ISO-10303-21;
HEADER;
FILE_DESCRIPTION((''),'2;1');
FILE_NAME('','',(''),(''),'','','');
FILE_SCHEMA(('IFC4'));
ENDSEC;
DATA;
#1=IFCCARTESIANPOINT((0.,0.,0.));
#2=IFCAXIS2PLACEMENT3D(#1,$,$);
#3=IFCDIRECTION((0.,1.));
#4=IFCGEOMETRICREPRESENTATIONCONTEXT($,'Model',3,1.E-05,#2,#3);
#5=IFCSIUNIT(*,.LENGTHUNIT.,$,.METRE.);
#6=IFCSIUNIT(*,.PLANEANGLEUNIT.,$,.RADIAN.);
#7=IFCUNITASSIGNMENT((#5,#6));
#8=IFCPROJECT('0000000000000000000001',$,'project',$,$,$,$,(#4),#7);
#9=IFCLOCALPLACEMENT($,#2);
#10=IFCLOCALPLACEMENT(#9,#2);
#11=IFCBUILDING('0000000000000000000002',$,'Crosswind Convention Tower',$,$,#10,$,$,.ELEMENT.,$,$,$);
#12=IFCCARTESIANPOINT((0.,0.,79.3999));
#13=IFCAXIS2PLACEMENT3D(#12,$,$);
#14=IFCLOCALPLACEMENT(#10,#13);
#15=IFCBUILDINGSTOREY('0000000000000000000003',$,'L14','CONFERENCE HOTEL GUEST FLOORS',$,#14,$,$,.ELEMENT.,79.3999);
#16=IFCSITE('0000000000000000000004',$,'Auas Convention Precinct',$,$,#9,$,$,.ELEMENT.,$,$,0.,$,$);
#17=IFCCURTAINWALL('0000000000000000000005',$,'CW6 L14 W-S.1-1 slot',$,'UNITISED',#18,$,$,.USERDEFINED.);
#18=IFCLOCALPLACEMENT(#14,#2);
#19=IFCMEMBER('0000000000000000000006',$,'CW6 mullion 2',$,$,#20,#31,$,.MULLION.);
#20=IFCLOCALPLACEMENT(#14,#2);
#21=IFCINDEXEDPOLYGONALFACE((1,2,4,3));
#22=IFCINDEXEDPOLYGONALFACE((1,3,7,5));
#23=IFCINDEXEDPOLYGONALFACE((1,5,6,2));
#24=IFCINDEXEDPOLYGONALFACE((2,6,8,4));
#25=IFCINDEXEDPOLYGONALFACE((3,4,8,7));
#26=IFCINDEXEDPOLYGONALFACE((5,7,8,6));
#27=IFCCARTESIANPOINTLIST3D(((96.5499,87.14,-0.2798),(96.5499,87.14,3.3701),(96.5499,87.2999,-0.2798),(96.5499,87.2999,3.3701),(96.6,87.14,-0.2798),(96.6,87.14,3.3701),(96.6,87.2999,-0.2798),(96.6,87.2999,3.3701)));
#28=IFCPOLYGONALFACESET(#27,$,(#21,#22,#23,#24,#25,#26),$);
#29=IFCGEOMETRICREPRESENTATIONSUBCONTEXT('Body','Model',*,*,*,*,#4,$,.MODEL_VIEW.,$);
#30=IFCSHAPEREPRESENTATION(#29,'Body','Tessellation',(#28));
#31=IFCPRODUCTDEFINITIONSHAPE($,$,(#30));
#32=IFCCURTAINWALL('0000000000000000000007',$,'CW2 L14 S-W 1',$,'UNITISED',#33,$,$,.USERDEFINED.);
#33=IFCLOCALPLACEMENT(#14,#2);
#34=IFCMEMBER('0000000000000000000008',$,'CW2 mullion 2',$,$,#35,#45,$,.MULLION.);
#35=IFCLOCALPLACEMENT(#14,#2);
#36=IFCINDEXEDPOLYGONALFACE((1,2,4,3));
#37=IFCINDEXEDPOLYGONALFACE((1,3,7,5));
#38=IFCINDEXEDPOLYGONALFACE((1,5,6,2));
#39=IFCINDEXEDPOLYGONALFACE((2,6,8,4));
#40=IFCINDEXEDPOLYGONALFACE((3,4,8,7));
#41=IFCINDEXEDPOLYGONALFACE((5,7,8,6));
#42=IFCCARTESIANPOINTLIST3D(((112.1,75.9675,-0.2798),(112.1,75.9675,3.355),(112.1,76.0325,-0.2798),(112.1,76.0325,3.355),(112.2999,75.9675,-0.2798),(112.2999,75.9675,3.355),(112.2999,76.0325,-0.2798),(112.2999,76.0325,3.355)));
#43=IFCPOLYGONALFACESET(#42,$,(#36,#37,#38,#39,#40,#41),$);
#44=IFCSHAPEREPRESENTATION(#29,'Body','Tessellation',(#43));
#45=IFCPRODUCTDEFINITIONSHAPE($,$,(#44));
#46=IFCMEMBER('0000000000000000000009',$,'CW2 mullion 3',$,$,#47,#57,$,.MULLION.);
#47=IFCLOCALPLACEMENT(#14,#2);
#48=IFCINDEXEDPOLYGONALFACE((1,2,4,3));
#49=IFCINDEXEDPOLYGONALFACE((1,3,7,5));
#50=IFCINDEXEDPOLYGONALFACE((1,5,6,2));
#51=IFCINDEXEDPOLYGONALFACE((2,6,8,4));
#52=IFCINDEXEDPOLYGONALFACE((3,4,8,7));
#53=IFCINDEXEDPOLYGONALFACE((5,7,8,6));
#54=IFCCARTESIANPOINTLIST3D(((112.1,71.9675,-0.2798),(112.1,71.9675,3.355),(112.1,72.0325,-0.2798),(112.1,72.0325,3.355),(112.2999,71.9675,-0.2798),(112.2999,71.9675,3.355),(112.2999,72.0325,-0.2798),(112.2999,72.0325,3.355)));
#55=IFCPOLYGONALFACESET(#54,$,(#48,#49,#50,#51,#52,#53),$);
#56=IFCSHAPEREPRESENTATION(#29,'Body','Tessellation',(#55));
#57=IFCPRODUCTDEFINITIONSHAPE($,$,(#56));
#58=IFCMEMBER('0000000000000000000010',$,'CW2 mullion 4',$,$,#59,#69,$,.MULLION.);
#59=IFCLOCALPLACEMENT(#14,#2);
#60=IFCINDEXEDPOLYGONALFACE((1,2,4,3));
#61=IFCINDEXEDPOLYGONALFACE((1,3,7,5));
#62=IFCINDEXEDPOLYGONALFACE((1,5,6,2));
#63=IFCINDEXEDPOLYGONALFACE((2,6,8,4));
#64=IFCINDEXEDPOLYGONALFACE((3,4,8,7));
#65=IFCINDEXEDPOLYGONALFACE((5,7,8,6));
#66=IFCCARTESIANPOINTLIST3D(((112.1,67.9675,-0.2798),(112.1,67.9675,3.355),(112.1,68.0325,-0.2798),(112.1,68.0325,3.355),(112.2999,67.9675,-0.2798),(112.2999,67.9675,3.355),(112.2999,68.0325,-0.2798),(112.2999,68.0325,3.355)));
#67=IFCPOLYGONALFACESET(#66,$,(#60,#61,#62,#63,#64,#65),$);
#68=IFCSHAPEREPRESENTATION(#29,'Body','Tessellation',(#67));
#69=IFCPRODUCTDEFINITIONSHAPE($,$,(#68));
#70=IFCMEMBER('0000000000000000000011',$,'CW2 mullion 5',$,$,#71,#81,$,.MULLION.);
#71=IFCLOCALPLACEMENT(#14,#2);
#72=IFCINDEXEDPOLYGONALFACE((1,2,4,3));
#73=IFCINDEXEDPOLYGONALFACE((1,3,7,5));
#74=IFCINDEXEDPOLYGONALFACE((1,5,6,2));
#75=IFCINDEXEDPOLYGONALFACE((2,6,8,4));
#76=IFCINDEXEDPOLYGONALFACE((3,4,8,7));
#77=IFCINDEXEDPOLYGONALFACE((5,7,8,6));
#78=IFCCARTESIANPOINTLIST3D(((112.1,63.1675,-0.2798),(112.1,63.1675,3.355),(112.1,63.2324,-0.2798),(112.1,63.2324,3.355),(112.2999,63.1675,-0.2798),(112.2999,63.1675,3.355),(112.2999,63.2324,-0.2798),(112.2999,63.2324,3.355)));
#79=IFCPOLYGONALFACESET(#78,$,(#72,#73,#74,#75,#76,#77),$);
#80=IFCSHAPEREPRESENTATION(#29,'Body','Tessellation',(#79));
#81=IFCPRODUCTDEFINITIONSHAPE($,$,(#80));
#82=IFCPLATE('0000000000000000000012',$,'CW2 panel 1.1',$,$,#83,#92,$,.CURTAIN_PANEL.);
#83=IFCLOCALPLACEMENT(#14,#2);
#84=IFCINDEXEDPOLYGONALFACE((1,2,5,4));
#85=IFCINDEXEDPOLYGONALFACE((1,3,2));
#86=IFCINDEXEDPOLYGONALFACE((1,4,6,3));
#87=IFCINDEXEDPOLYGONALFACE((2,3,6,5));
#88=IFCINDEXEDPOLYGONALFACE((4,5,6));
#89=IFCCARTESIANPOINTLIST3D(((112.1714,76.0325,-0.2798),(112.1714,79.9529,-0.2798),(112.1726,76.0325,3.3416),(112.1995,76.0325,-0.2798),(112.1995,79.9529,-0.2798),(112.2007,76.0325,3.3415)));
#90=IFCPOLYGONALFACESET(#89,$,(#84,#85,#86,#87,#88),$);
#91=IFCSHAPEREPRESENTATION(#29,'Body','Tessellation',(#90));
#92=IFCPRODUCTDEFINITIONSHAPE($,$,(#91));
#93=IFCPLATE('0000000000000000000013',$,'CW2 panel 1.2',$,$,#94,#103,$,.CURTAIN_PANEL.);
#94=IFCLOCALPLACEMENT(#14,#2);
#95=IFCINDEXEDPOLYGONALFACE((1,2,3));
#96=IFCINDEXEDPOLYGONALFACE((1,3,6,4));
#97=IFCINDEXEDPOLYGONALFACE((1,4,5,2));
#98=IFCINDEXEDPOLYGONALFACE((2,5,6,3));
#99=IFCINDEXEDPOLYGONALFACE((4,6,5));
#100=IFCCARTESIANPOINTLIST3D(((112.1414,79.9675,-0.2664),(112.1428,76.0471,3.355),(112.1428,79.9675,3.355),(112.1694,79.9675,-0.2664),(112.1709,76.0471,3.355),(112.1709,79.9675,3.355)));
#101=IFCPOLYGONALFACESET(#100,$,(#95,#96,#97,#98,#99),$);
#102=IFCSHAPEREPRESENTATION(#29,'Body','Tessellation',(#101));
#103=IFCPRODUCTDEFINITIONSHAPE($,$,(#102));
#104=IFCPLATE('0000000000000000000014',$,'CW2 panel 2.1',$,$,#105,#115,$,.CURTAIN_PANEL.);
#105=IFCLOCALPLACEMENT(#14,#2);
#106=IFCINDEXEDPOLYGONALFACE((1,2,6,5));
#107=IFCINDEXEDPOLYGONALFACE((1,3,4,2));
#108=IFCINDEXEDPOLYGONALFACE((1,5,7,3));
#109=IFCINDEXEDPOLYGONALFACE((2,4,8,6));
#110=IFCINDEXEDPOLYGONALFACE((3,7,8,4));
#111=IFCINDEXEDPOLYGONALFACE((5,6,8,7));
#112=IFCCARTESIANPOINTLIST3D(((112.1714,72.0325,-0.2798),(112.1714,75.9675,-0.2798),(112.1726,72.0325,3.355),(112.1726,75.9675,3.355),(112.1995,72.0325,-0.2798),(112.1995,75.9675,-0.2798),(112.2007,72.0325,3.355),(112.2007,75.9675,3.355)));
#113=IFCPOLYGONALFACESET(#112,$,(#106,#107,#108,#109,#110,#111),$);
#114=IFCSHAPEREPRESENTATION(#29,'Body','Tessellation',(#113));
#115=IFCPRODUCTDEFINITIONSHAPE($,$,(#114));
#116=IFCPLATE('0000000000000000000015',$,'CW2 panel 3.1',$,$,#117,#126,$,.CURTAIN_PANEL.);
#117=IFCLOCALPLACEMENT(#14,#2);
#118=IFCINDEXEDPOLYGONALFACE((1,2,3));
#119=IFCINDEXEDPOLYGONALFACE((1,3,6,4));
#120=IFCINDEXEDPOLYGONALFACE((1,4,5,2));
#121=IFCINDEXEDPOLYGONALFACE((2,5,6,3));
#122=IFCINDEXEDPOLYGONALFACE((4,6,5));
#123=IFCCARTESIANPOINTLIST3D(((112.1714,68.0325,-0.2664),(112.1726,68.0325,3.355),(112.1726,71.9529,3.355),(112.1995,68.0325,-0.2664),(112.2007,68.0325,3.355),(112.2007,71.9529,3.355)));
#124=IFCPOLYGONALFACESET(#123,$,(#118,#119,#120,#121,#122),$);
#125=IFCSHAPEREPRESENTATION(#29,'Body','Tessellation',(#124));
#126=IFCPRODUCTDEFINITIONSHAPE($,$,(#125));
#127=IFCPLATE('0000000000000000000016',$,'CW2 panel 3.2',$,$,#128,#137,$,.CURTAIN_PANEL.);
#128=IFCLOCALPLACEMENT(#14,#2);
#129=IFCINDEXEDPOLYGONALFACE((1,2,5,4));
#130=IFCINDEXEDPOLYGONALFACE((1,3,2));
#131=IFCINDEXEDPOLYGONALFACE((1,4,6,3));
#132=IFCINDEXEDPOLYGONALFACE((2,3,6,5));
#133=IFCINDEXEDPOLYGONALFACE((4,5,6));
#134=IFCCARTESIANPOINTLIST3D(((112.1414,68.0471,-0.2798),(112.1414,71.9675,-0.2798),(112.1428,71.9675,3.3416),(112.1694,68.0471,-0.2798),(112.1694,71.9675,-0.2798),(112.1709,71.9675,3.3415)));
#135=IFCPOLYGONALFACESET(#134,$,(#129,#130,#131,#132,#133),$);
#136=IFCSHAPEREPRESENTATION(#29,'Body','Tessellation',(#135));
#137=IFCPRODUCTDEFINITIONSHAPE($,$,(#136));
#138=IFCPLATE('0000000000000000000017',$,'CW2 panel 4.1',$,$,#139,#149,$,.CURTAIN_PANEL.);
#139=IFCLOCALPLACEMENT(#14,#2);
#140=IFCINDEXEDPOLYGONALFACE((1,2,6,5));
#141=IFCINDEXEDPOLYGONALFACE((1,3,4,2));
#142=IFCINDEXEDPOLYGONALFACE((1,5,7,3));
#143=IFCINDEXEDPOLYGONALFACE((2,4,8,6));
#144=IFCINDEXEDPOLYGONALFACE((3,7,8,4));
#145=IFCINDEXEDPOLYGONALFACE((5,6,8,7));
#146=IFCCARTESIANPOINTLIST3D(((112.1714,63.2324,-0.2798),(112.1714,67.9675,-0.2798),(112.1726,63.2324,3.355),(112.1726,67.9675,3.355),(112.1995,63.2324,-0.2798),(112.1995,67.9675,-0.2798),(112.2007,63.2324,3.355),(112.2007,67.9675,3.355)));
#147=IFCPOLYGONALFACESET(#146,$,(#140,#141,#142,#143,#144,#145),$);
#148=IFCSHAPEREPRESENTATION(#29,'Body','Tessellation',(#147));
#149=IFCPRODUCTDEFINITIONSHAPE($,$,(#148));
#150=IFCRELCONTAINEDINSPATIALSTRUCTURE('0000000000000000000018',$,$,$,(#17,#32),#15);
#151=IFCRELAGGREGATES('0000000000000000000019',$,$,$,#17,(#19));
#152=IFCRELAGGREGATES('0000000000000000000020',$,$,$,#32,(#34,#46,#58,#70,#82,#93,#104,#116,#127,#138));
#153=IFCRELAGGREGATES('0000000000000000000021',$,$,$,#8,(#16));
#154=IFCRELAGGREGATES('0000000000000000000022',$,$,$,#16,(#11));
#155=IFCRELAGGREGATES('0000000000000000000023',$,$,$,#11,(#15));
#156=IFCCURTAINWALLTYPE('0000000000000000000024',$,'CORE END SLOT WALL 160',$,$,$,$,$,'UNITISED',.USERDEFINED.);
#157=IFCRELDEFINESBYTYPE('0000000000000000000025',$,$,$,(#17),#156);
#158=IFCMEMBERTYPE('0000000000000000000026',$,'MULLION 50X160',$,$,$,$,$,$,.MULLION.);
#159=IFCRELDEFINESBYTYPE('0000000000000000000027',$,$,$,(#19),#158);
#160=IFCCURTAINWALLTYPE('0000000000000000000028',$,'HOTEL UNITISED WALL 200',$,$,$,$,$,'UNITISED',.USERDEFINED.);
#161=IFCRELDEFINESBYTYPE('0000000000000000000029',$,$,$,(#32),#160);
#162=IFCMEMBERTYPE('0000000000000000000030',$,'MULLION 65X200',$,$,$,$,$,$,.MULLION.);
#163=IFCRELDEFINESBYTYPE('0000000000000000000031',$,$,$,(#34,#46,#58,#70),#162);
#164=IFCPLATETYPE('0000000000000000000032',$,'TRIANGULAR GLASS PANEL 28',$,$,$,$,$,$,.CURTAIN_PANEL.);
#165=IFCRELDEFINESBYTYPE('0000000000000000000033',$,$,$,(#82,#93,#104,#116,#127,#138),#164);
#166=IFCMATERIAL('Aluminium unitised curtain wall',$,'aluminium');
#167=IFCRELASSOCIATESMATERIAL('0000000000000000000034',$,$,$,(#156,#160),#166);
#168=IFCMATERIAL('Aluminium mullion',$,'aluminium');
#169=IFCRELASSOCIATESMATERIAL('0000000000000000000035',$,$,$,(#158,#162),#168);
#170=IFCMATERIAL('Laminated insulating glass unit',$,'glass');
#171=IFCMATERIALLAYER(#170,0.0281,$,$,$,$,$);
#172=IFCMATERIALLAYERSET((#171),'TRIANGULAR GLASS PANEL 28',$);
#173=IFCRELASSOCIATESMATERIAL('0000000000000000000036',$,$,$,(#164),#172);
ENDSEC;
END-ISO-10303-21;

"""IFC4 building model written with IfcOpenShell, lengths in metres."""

from ifc_helpers import new_model, si_unit, direction, frame, origin, origin_2d, place, context, subcontext, project, spatial, polyline, rectangle, outline, extrude, material, layer, layer_set, material_profile, profile_set, type_object, element, aggregate, save


model = new_model("IFC4")

# Units and contexts
model_context = context("Model", 3, precision=1e-05, world=origin(), true_north=direction((0.0, 1.0)))
body_context = subcontext(model_context, "Body", "Model", "MODEL_VIEW")
ifc_project = project(units=[si_unit("LENGTHUNIT", "METRE"), si_unit("PLANEANGLEUNIT", "RADIAN")], contexts=[model_context])

# Site, building, storey
site_placement = place(None, origin())
site = spatial("IfcSite", under=ifc_project, at=site_placement, Name="Auas Convention Precinct", CompositionType="ELEMENT", RefElevation=0.0)
building_placement = place(site_placement, origin())
building = spatial("IfcBuilding", under=site, at=building_placement, Name="Crosswind Convention Tower", CompositionType="ELEMENT")
storey_placement = place(building_placement, frame((0.0, 0.0, 79.3999)))
storey = spatial("IfcBuildingStorey", under=building, at=storey_placement, Name="L14", Description="CONFERENCE HOTEL GUEST FLOORS", CompositionType="ELEMENT", Elevation=79.3999)

# Curtain wall, member
ifc_material_1 = material(Name="Aluminium unitised curtain wall", Category="aluminium")
curtain_wall_type_1 = type_object("IfcCurtainWallType", Name="CORE END SLOT WALL 160", ElementType="UNITISED", PredefinedType="USERDEFINED", material=ifc_material_1)
curtain_wall_1_placement = place(storey_placement, origin())
curtain_wall_1 = element("IfcCurtainWall", 1, at=curtain_wall_1_placement, inside=storey, type_object=curtain_wall_type_1, Name="CW6 L14 W-S.1-1 slot", ObjectType="UNITISED", PredefinedType="USERDEFINED")
ifc_material_2 = material(Name="Aluminium mullion", Category="aluminium")
ifc_material_profile_1 = material_profile(ifc_material_2, rectangle(XDim=0.1599, YDim=0.05, at=origin_2d()), Name="AL 160X50")
ifc_profile_set_1 = profile_set([ifc_material_profile_1], Name="Aluminium mullion")
member_type_1 = type_object("IfcMemberType", Name="MULLION 50X160", PredefinedType="MULLION", material=ifc_profile_set_1)
member_1_placement = place(storey_placement, frame((96.575, 87.22, -0.2798), z_axis=(0.0, 0.0, 1.0), x_axis=(0.0, -1.0, 0.0)))
member_1 = element("IfcMember", 2, at=member_1_placement, type_object=member_type_1, Name="CW6 mullion 2", PredefinedType="MULLION", context=body_context, shape_type="SweptSolid", body=[
    extrude(rectangle(XDim=0.1599, YDim=0.05, at=origin_2d()), origin(), (0.0, 0.0, 1.0), 3.6499),
])
aggregate(curtain_wall_1, [member_1])

# Curtain wall, members, plates
curtain_wall_type_2 = type_object("IfcCurtainWallType", Name="HOTEL UNITISED WALL 200", ElementType="UNITISED", PredefinedType="USERDEFINED", material=ifc_material_1)
curtain_wall_2_placement = place(storey_placement, origin())
curtain_wall_2 = element("IfcCurtainWall", 3, at=curtain_wall_2_placement, inside=storey, type_object=curtain_wall_type_2, Name="CW2 L14 S-W 1", ObjectType="UNITISED", PredefinedType="USERDEFINED")
ifc_material_profile_2 = material_profile(ifc_material_2, rectangle(XDim=0.2, YDim=0.0649, at=origin_2d()), Name="AL 200X65")
ifc_profile_set_2 = profile_set([ifc_material_profile_2], Name="Aluminium mullion")
member_type_2 = type_object("IfcMemberType", Name="MULLION 65X200", PredefinedType="MULLION", material=ifc_profile_set_2)
member_2_placement = place(storey_placement, frame((112.2, 76.0, -0.2798), z_axis=(0.0, 0.0, 1.0), x_axis=(-1.0, 0.0, 0.0)))
member_2 = element("IfcMember", 4, at=member_2_placement, type_object=member_type_2, Name="CW2 mullion 2", PredefinedType="MULLION", context=body_context, shape_type="SweptSolid", body=[
    extrude(rectangle(XDim=0.2, YDim=0.0649, at=origin_2d()), origin(), (0.0, 0.0, 1.0), 3.6348),
])
member_3_placement = place(storey_placement, frame((112.2, 72.0, -0.2798), z_axis=(0.0, 0.0, 1.0), x_axis=(-1.0, 0.0, 0.0)))
member_3 = element("IfcMember", 5, at=member_3_placement, type_object=member_type_2, Name="CW2 mullion 3", PredefinedType="MULLION", context=body_context, shape_type="SweptSolid", body=[
    extrude(rectangle(XDim=0.2, YDim=0.0649, at=origin_2d()), origin(), (0.0, 0.0, 1.0), 3.6348),
])
member_4_placement = place(storey_placement, frame((112.2, 68.0, -0.2798), z_axis=(0.0, 0.0, 1.0), x_axis=(-1.0, 0.0, 0.0)))
member_4 = element("IfcMember", 6, at=member_4_placement, type_object=member_type_2, Name="CW2 mullion 4", PredefinedType="MULLION", context=body_context, shape_type="SweptSolid", body=[
    extrude(rectangle(XDim=0.2, YDim=0.0649, at=origin_2d()), origin(), (0.0, 0.0, 1.0), 3.6348),
])
member_5_placement = place(storey_placement, frame((112.2, 63.2, -0.2798), z_axis=(0.0, 0.0, 1.0), x_axis=(-1.0, 0.0, 0.0)))
member_5 = element("IfcMember", 7, at=member_5_placement, type_object=member_type_2, Name="CW2 mullion 5", PredefinedType="MULLION", context=body_context, shape_type="SweptSolid", body=[
    extrude(rectangle(XDim=0.2, YDim=0.0649, at=origin_2d()), origin(), (0.0, 0.0, 1.0), 3.6348),
])
ifc_material_3 = material(Name="Laminated insulating glass unit", Category="glass")
ifc_layer_1 = layer(ifc_material_3, 0.0281)
ifc_layer_set_1 = layer_set([ifc_layer_1], Name="TRIANGULAR GLASS PANEL 28")
plate_type = type_object("IfcPlateType", Name="TRIANGULAR GLASS PANEL 28", PredefinedType="CURTAIN_PANEL", material=ifc_layer_set_1)
plate_1_placement = place(storey_placement, frame((112.1714, 76.0325, -0.2798), z_axis=(-1.0, 0.0, 0.000337), x_axis=(0.000337, 0.0, 1.0)))
plate_1 = element("IfcPlate", 8, at=plate_1_placement, type_object=plate_type, Name="CW2 panel 1.1", PredefinedType="CURTAIN_PANEL", context=body_context, shape_type="SweptSolid", body=[
    extrude(outline(polyline([(0.0, 0.0), (3.6213, 0.0), (0.0, 3.9204), (0.0, 0.0)])), origin(), (0.0, 0.0, -1.0), 0.0281),
])
plate_2_placement = place(storey_placement, frame((112.1428, 79.9675, 3.355), z_axis=(-1.0, 0.0, 0.000405), x_axis=(-0.000405, 0.0, -1.0)))
plate_2 = element("IfcPlate", 9, at=plate_2_placement, type_object=plate_type, Name="CW2 panel 1.2", PredefinedType="CURTAIN_PANEL", context=body_context, shape_type="SweptSolid", body=[
    extrude(outline(polyline([(0.0, 0.0), (3.6213, 0.0), (0.0, 3.9204), (0.0, 0.0)])), origin(), (0.0, 0.0, -1.0), 0.0281),
])
plate_3_placement = place(storey_placement, frame((112.1714, 75.9675, -0.2798), z_axis=(-1.0, 0.0, 0.000336), x_axis=(0.0, -1.0, 0.0)))
plate_3 = element("IfcPlate", 10, at=plate_3_placement, type_object=plate_type, Name="CW2 panel 2.1", PredefinedType="CURTAIN_PANEL", context=body_context, shape_type="SweptSolid", body=[
    extrude(outline(polyline([(0.0, 0.0), (3.9351, 0.0), (3.9351, 3.6348), (0.0, 3.6348), (0.0, 0.0)])), origin(), (0.0, 0.0, -1.0), 0.0281),
])
plate_4_placement = place(storey_placement, frame((112.1726, 68.0325, 3.355), z_axis=(-1.0, 0.0, 0.000337), x_axis=(0.0, 1.0, 0.0)))
plate_4 = element("IfcPlate", 11, at=plate_4_placement, type_object=plate_type, Name="CW2 panel 3.1", PredefinedType="CURTAIN_PANEL", context=body_context, shape_type="SweptSolid", body=[
    extrude(outline(polyline([(0.0, 0.0), (3.9204, 0.0), (0.0, 3.6213), (0.0, 0.0)])), origin(), (0.0, 0.0, -1.0), 0.0281),
])
plate_5_placement = place(storey_placement, frame((112.1414, 71.9675, -0.2798), z_axis=(-1.0, 0.0, 0.000405), x_axis=(0.0, -1.0, 0.0)))
plate_5 = element("IfcPlate", 12, at=plate_5_placement, type_object=plate_type, Name="CW2 panel 3.2", PredefinedType="CURTAIN_PANEL", context=body_context, shape_type="SweptSolid", body=[
    extrude(outline(polyline([(0.0, 0.0), (3.9204, 0.0), (0.0, 3.6213), (0.0, 0.0)])), origin(), (0.0, 0.0, -1.0), 0.0281),
])
plate_6_placement = place(storey_placement, frame((112.1714, 67.9675, -0.2798), z_axis=(-1.0, 0.0, 0.000336), x_axis=(0.0, -1.0, 0.0)))
plate_6 = element("IfcPlate", 13, at=plate_6_placement, type_object=plate_type, Name="CW2 panel 4.1", PredefinedType="CURTAIN_PANEL", context=body_context, shape_type="SweptSolid", body=[
    extrude(outline(polyline([(0.0, 0.0), (4.7351, 0.0), (4.7351, 3.6348), (0.0, 3.6348), (0.0, 0.0)])), origin(), (0.0, 0.0, -1.0), 0.0281),
])

aggregate(curtain_wall_2, [member_2, member_3, member_4, member_5, plate_1, plate_2, plate_3, plate_4, plate_5, plate_6])

save(model, "model.ifc")
